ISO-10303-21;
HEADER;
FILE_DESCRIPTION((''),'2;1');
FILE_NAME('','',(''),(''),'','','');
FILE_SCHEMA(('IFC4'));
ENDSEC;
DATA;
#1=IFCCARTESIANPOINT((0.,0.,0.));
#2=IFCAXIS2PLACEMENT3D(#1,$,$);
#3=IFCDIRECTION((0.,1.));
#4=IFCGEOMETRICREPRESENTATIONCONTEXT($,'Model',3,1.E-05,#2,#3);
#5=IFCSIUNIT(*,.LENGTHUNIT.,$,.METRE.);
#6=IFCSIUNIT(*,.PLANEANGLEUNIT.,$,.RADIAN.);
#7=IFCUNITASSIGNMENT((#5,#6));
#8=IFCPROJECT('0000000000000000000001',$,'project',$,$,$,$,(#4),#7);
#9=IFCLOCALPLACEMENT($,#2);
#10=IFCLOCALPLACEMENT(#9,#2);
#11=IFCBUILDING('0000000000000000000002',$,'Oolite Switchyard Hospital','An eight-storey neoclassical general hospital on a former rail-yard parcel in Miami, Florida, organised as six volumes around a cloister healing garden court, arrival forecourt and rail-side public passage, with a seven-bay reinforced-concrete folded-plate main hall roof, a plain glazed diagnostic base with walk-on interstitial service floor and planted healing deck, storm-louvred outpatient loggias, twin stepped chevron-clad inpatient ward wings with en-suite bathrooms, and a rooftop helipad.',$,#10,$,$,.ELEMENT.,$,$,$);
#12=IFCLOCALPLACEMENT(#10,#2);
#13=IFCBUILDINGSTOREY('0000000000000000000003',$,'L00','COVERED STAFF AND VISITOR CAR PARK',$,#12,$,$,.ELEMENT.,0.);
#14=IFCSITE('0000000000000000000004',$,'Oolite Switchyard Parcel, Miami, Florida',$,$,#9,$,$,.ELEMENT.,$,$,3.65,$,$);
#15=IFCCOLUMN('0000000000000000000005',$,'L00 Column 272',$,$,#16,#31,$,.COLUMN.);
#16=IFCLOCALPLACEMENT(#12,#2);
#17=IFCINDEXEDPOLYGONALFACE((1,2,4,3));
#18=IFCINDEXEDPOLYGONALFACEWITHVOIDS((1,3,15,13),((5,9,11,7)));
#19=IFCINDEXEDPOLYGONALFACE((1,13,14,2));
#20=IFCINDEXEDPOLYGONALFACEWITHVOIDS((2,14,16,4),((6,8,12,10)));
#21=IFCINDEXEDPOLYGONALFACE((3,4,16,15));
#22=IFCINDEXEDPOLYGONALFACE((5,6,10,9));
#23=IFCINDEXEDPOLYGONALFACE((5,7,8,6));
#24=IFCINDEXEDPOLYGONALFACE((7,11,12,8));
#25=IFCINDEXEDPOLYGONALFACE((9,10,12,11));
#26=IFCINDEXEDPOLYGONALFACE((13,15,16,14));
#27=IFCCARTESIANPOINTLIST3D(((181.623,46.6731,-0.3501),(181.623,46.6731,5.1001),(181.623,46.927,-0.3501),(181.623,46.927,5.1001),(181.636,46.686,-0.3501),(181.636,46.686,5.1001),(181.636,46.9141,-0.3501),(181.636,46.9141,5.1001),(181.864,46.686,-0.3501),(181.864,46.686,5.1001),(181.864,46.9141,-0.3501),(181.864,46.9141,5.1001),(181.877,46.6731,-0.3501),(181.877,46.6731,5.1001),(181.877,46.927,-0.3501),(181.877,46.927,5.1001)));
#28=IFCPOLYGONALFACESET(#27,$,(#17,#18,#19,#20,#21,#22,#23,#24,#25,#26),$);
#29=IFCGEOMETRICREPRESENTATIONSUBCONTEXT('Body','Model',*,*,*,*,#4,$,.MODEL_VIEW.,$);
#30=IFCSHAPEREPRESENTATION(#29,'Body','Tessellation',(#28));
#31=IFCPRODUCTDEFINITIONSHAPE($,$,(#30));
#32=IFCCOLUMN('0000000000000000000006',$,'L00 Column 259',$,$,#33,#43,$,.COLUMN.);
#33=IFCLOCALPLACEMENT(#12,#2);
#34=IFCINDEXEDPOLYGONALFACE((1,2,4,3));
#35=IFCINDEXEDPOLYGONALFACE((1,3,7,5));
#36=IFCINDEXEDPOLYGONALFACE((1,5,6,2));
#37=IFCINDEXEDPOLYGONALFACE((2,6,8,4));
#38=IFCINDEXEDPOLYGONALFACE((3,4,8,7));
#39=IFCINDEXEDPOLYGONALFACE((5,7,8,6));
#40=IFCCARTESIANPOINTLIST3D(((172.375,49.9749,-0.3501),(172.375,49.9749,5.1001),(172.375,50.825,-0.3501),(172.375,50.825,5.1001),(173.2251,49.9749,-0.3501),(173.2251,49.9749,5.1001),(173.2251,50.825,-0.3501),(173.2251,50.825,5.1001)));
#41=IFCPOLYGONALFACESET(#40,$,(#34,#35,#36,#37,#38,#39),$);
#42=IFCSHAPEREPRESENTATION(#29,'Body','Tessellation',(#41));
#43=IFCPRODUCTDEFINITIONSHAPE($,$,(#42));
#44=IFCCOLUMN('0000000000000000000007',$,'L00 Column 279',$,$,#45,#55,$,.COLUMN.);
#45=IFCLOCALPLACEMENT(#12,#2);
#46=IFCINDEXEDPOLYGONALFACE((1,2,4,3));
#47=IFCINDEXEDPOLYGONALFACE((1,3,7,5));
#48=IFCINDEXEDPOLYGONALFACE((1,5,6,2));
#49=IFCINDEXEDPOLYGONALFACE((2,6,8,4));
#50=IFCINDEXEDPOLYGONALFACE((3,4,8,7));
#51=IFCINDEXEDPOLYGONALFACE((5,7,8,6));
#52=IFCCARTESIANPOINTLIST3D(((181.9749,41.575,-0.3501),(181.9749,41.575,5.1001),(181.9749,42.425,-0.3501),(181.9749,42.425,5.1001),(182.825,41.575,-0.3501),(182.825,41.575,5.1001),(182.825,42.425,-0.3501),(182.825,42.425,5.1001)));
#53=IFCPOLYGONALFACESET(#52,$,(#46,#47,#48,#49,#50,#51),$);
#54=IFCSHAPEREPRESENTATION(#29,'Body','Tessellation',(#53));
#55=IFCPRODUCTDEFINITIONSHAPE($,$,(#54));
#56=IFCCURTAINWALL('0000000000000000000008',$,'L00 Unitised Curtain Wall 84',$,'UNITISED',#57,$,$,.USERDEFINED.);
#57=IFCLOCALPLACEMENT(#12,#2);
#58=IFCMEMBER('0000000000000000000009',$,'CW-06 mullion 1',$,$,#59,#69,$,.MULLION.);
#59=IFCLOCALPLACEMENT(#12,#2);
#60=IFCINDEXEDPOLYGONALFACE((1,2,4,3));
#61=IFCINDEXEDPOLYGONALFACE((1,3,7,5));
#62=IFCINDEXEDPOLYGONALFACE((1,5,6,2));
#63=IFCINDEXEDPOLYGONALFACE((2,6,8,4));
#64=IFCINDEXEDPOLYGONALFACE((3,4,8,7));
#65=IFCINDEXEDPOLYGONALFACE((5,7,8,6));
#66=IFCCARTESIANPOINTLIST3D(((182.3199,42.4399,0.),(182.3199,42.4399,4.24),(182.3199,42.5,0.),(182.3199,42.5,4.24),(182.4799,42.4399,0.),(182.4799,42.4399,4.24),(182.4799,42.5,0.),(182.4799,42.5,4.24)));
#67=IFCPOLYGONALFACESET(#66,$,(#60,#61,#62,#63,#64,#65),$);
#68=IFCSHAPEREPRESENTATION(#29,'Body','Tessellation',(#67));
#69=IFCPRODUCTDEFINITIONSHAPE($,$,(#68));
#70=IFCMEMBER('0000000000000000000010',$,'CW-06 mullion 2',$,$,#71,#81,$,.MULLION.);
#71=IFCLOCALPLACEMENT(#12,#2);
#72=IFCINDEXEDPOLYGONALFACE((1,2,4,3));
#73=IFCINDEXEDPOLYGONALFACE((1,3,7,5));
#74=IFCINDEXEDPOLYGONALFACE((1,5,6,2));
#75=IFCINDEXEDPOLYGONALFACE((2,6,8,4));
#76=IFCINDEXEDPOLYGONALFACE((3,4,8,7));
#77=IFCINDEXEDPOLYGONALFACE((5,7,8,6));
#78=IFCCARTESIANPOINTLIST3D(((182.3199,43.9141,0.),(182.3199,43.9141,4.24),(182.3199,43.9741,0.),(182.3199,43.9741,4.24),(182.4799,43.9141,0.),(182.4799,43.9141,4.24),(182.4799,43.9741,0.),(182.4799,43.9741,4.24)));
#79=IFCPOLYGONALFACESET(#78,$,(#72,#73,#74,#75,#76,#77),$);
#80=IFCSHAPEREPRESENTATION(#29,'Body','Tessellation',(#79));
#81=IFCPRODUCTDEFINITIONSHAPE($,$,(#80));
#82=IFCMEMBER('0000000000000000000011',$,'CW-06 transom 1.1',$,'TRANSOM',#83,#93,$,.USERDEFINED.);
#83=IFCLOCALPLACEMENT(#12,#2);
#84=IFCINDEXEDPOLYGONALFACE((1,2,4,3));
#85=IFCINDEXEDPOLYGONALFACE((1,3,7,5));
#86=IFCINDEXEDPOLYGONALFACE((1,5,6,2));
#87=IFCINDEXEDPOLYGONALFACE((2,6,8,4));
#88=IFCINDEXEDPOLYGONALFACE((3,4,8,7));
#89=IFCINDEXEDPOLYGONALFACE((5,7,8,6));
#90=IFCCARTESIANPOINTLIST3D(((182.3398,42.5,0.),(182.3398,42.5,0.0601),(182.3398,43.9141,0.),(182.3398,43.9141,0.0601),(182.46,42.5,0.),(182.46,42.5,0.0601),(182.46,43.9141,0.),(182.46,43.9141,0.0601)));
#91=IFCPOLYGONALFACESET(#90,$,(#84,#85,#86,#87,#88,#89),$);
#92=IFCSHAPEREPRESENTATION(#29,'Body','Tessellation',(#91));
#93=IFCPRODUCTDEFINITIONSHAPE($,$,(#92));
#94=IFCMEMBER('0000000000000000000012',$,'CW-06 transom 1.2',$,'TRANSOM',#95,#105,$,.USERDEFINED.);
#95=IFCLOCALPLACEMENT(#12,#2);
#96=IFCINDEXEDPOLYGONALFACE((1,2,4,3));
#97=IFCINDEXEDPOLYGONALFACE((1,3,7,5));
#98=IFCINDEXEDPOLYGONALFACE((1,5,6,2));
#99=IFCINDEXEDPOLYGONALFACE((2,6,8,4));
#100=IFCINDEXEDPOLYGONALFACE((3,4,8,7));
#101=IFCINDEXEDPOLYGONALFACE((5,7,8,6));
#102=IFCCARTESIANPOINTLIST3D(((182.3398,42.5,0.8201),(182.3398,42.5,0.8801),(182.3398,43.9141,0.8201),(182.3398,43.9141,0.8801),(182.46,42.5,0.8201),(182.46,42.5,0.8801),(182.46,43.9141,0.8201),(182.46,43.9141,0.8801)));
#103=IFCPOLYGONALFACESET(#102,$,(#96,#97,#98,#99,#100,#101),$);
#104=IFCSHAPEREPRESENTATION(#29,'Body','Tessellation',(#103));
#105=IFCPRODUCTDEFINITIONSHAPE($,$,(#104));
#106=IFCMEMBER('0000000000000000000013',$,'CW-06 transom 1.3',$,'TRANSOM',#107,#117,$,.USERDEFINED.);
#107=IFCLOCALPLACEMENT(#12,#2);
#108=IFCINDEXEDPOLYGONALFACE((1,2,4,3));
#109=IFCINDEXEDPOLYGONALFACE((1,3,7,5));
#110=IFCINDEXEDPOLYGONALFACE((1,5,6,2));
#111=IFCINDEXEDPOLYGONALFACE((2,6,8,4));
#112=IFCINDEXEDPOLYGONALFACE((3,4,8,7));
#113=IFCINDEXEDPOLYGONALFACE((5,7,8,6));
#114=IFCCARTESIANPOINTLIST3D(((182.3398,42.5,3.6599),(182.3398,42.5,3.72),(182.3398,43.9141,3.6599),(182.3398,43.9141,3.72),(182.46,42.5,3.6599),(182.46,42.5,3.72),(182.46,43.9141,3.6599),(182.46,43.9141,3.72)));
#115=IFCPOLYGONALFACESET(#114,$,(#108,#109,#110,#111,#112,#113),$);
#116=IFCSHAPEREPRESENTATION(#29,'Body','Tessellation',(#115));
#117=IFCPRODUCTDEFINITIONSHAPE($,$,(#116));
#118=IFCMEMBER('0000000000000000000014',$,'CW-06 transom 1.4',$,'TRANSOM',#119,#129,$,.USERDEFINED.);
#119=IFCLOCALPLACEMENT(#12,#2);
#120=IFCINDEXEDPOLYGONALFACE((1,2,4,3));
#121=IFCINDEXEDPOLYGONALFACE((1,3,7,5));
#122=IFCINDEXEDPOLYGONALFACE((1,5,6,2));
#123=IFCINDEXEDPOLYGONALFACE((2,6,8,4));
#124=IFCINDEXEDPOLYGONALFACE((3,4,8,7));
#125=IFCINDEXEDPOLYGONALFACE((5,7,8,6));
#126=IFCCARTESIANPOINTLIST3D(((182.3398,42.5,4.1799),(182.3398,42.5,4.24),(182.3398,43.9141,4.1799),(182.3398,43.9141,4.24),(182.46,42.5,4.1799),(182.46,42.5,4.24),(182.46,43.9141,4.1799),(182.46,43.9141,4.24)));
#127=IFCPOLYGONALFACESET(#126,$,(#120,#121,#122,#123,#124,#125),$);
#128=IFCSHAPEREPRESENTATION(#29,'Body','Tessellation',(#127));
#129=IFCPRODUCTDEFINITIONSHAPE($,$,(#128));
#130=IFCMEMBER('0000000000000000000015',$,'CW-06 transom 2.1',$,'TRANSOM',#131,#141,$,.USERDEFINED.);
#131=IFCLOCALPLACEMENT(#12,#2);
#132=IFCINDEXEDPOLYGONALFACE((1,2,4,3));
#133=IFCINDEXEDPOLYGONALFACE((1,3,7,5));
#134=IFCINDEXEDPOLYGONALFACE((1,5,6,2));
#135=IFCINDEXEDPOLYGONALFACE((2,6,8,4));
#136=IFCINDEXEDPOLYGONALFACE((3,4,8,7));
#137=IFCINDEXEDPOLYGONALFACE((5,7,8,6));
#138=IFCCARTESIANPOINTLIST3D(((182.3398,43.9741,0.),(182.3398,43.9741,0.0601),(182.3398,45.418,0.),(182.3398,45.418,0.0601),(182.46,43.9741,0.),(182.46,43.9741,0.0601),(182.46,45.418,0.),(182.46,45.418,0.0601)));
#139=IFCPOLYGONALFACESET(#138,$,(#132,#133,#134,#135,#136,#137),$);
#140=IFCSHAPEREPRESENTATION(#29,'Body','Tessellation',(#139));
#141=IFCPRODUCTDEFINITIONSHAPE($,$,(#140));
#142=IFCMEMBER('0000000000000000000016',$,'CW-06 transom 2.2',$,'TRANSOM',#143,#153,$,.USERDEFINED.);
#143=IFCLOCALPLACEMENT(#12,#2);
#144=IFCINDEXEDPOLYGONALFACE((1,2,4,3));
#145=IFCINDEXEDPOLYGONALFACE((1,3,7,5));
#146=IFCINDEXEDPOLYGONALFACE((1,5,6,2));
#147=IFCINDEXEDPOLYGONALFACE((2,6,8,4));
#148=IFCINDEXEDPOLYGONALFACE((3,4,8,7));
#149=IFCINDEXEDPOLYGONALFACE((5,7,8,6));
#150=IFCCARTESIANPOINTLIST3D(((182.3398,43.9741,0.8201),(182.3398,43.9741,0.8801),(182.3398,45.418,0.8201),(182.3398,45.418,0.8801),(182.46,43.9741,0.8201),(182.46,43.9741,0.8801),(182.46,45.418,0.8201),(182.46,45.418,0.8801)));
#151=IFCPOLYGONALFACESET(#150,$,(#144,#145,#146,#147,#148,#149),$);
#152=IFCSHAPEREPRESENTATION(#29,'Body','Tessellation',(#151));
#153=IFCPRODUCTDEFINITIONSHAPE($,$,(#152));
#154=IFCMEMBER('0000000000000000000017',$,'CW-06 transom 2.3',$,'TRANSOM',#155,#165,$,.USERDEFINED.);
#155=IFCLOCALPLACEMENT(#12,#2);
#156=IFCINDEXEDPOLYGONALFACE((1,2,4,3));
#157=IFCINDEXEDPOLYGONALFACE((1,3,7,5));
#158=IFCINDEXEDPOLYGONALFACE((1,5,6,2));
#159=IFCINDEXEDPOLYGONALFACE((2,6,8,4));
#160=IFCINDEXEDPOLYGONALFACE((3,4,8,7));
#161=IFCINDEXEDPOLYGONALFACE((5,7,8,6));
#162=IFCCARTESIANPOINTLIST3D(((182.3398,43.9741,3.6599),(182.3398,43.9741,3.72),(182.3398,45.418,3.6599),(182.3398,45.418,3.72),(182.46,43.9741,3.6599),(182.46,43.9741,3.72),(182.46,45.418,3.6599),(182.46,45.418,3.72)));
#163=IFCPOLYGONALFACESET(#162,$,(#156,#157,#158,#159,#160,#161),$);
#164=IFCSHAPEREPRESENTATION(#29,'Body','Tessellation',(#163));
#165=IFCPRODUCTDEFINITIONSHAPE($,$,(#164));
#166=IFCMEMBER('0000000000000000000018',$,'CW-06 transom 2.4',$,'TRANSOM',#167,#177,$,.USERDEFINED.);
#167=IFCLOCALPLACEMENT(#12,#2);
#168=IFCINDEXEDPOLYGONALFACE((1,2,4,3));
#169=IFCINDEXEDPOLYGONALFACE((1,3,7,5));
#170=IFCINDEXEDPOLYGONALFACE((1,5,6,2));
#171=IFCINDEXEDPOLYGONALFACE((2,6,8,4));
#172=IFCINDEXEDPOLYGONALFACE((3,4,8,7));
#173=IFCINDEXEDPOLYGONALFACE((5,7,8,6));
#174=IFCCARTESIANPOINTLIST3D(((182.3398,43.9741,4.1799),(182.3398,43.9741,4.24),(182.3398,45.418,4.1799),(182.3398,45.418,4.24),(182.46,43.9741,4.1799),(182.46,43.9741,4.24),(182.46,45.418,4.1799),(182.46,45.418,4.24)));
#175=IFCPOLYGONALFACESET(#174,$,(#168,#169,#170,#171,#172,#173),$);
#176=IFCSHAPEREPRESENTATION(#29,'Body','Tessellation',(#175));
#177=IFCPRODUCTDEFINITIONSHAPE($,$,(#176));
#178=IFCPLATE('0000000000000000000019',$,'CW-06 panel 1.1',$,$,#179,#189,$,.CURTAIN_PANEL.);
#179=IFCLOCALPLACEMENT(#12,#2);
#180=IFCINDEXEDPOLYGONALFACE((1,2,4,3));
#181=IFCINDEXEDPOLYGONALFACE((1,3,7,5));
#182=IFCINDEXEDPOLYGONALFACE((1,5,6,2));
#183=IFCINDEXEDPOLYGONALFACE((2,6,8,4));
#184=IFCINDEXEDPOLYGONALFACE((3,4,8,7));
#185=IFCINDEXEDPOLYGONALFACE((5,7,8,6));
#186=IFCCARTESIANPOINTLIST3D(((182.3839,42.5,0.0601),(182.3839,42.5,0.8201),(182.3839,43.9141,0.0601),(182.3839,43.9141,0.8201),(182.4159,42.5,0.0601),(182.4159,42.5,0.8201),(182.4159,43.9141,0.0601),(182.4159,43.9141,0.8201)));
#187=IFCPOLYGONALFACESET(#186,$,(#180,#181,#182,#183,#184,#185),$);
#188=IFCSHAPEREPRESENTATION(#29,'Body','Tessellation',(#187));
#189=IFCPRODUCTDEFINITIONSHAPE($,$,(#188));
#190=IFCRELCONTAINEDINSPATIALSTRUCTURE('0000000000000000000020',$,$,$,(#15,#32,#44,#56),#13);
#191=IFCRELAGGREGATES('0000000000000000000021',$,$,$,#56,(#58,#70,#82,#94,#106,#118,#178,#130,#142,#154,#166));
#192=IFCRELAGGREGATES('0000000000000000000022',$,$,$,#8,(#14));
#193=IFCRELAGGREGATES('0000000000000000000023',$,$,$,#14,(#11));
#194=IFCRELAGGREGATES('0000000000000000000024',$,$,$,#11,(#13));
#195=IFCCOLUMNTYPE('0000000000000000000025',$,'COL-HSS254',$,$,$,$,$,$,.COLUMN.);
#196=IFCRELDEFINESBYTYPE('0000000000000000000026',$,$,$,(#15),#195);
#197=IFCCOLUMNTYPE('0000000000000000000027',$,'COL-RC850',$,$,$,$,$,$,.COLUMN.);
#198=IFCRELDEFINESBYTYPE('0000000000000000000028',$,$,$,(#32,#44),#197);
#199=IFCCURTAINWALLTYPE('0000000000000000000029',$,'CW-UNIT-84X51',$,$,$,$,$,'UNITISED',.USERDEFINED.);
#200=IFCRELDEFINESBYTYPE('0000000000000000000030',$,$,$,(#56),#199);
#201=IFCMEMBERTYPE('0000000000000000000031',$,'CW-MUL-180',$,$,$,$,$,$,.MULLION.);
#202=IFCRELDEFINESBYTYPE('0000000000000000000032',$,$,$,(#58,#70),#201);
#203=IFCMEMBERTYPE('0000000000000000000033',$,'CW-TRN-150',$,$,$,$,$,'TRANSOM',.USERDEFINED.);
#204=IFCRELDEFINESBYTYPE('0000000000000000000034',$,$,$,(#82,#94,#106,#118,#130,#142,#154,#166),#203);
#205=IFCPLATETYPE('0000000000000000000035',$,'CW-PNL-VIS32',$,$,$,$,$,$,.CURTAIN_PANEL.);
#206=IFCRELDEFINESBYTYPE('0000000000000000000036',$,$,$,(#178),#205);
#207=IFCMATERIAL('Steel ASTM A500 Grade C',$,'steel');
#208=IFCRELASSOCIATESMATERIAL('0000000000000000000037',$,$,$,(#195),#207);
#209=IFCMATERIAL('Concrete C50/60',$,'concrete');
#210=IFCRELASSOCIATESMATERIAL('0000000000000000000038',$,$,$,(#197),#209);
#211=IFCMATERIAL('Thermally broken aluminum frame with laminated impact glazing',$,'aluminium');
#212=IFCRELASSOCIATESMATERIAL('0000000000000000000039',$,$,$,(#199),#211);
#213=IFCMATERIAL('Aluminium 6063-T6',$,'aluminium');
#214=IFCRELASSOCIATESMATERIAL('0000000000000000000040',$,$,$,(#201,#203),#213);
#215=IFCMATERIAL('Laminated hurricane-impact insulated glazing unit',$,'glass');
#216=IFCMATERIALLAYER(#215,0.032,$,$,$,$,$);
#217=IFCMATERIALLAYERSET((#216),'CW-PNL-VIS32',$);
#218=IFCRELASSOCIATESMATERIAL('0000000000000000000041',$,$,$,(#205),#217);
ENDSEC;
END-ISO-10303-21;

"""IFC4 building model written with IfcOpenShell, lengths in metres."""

from ifc_helpers import new_model, si_unit, direction, frame, origin, origin_2d, place, context, subcontext, project, spatial, rectangle, hollow_rectangle, extrude, material, layer, layer_set, material_profile, profile_set, type_object, element, aggregate, save


model = new_model("IFC4")

# Units and contexts
model_context = context("Model", 3, precision=1e-05, world=origin(), true_north=direction((0.0, 1.0)))
body_context = subcontext(model_context, "Body", "Model", "MODEL_VIEW")
ifc_project = project(units=[si_unit("LENGTHUNIT", "METRE"), si_unit("PLANEANGLEUNIT", "RADIAN")], contexts=[model_context])

# Site, building, storey
site_placement = place(None, origin())
site = spatial("IfcSite", under=ifc_project, at=site_placement, Name="Oolite Switchyard Parcel, Miami, Florida", CompositionType="ELEMENT", RefElevation=3.65)
building_placement = place(site_placement, origin())
building = spatial("IfcBuilding", under=site, at=building_placement, Name="Oolite Switchyard Hospital", Description="An eight-storey neoclassical general hospital on a former rail-yard parcel in Miami, Florida, organised as six volumes around a cloister healing garden court, arrival forecourt and rail-side public passage, with a seven-bay reinforced-concrete folded-plate main hall roof, a plain glazed diagnostic base with walk-on interstitial service floor and planted healing deck, storm-louvred outpatient loggias, twin stepped chevron-clad inpatient ward wings with en-suite bathrooms, and a rooftop helipad.", CompositionType="ELEMENT")
storey_placement = place(building_placement, origin())
storey = spatial("IfcBuildingStorey", under=building, at=storey_placement, Name="L00", Description="COVERED STAFF AND VISITOR CAR PARK", CompositionType="ELEMENT", Elevation=0.0)

# Columns
ifc_material_1 = material(Name="Steel ASTM A500 Grade C", Category="steel")
ifc_material_profile_1 = material_profile(ifc_material_1, hollow_rectangle(XDim=0.2539, YDim=0.2539, WallThickness=0.0129, at=origin_2d()), Name="HSS254X254X13")
ifc_profile_set_1 = profile_set([ifc_material_profile_1], Name="Steel ASTM A500 Grade C")
column_type_1 = type_object("IfcColumnType", Name="COL-HSS254", PredefinedType="COLUMN", material=ifc_profile_set_1)
column_placement = place(storey_placement, frame((181.75, 46.8, -0.3501), z_axis=(0.0, 0.0, 1.0), x_axis=(1.0, 0.0, 0.0)))
element("IfcColumn", 1, at=column_placement, inside=storey, type_object=column_type_1, Name="L00 Column 272", PredefinedType="COLUMN", context=body_context, shape_type="SweptSolid", body=[
    extrude(hollow_rectangle(XDim=0.2539, YDim=0.2539, WallThickness=0.0129, at=origin_2d()), origin(), (0.0, 0.0, 1.0), 5.4502),
])
ifc_material_2 = material(Name="Concrete C50/60", Category="concrete")
ifc_material_profile_2 = material_profile(ifc_material_2, rectangle(XDim=0.8501, YDim=0.8501, at=origin_2d()), Name="RC850X850")
ifc_profile_set_2 = profile_set([ifc_material_profile_2], Name="Concrete C50/60")
column_type_2 = type_object("IfcColumnType", Name="COL-RC850", PredefinedType="COLUMN", material=ifc_profile_set_2)
for number, where, z_axis, x_axis, name in (
    (2, (172.8, 50.3999, -0.3501), (0.0, 0.0, 1.0), (1.0, 0.0, 0.0), "L00 Column 259"),
    (3, (182.3999, 42.0, -0.3501), (0.0, 0.0, 1.0), (1.0, 0.0, 0.0), "L00 Column 279"),
):
    element("IfcColumn", number, at=place(storey_placement, frame(where, z_axis=z_axis, x_axis=x_axis)), inside=storey, type_object=column_type_2, Name=name, PredefinedType="COLUMN", context=body_context, shape_type="SweptSolid", body=[
        extrude(rectangle(XDim=0.8501, YDim=0.8501, at=origin_2d()), origin(), (0.0, 0.0, 1.0), 5.4502),
    ])

# Curtain wall, members, plate
ifc_material_3 = material(Name="Thermally broken aluminum frame with laminated impact glazing", Category="aluminium")
curtain_wall_type = type_object("IfcCurtainWallType", Name="CW-UNIT-84X51", ElementType="UNITISED", PredefinedType="USERDEFINED", material=ifc_material_3)
curtain_wall_placement = place(storey_placement, origin())
curtain_wall = element("IfcCurtainWall", 4, at=curtain_wall_placement, inside=storey, type_object=curtain_wall_type, Name="L00 Unitised Curtain Wall 84", ObjectType="UNITISED", PredefinedType="USERDEFINED")
ifc_material_4 = material(Name="Aluminium 6063-T6", Category="aluminium")
ifc_material_profile_3 = material_profile(ifc_material_4, rectangle(XDim=0.1599, YDim=0.0601, at=origin_2d()), Name="CWM60X160")
ifc_profile_set_3 = profile_set([ifc_material_profile_3], Name="Aluminium 6063-T6")
member_type_1 = type_object("IfcMemberType", Name="CW-MUL-180", PredefinedType="MULLION", material=ifc_profile_set_3)
member_1_placement = place(storey_placement, frame((182.3999, 42.47, 0.0), z_axis=(0.0, 0.0, 1.0), x_axis=(-1.0, 0.0, 0.0)))
member_1 = element("IfcMember", 5, at=member_1_placement, type_object=member_type_1, Name="CW-06 mullion 1", PredefinedType="MULLION", context=body_context, shape_type="SweptSolid", body=[
    extrude(rectangle(XDim=0.1599, YDim=0.0601, at=origin_2d()), origin(), (0.0, 0.0, 1.0), 4.24),
])
member_2_placement = place(storey_placement, frame((182.3999, 43.9441, 0.0), z_axis=(0.0, 0.0, 1.0), x_axis=(-1.0, 0.0, 0.0)))
member_2 = element("IfcMember", 6, at=member_2_placement, type_object=member_type_1, Name="CW-06 mullion 2", PredefinedType="MULLION", context=body_context, shape_type="SweptSolid", body=[
    extrude(rectangle(XDim=0.1599, YDim=0.0601, at=origin_2d()), origin(), (0.0, 0.0, 1.0), 4.24),
])
ifc_material_profile_4 = material_profile(ifc_material_4, rectangle(XDim=0.1201, YDim=0.0601, at=origin_2d()), Name="CWT60X120")
ifc_profile_set_4 = profile_set([ifc_material_profile_4], Name="Aluminium 6063-T6")
member_type_2 = type_object("IfcMemberType", Name="CW-TRN-150", ElementType="TRANSOM", PredefinedType="USERDEFINED", material=ifc_profile_set_4)
member_3_placement = place(storey_placement, frame((182.3999, 42.5, 0.03), z_axis=(0.0, 1.0, 0.0), x_axis=(-1.0, 0.0, 0.0)))
member_3 = element("IfcMember", 7, at=member_3_placement, type_object=member_type_2, Name="CW-06 transom 1.1", ObjectType="TRANSOM", PredefinedType="USERDEFINED", context=body_context, shape_type="SweptSolid", body=[
    extrude(rectangle(XDim=0.1201, YDim=0.0601, at=origin_2d()), origin(), (0.0, 0.0, 1.0), 1.4141),
])
member_4_placement = place(storey_placement, frame((182.3999, 42.5, 0.8501), z_axis=(0.0, 1.0, 0.0), x_axis=(-1.0, 0.0, 0.0)))
member_4 = element("IfcMember", 8, at=member_4_placement, type_object=member_type_2, Name="CW-06 transom 1.2", ObjectType="TRANSOM", PredefinedType="USERDEFINED", context=body_context, shape_type="SweptSolid", body=[
    extrude(rectangle(XDim=0.1201, YDim=0.0601, at=origin_2d()), origin(), (0.0, 0.0, 1.0), 1.4141),
])
member_5_placement = place(storey_placement, frame((182.3999, 42.5, 3.6899), z_axis=(0.0, 1.0, 0.0), x_axis=(-1.0, 0.0, 0.0)))
member_5 = element("IfcMember", 9, at=member_5_placement, type_object=member_type_2, Name="CW-06 transom 1.3", ObjectType="TRANSOM", PredefinedType="USERDEFINED", context=body_context, shape_type="SweptSolid", body=[
    extrude(rectangle(XDim=0.1201, YDim=0.0601, at=origin_2d()), origin(), (0.0, 0.0, 1.0), 1.4141),
])
member_6_placement = place(storey_placement, frame((182.3999, 42.5, 4.21), z_axis=(0.0, 1.0, 0.0), x_axis=(-1.0, 0.0, 0.0)))
member_6 = element("IfcMember", 10, at=member_6_placement, type_object=member_type_2, Name="CW-06 transom 1.4", ObjectType="TRANSOM", PredefinedType="USERDEFINED", context=body_context, shape_type="SweptSolid", body=[
    extrude(rectangle(XDim=0.1201, YDim=0.0601, at=origin_2d()), origin(), (0.0, 0.0, 1.0), 1.4141),
])
member_7_placement = place(storey_placement, frame((182.3999, 43.9741, 0.03), z_axis=(0.0, 1.0, 0.0), x_axis=(-1.0, 0.0, 0.0)))
member_7 = element("IfcMember", 11, at=member_7_placement, type_object=member_type_2, Name="CW-06 transom 2.1", ObjectType="TRANSOM", PredefinedType="USERDEFINED", context=body_context, shape_type="SweptSolid", body=[
    extrude(rectangle(XDim=0.1201, YDim=0.0601, at=origin_2d()), origin(), (0.0, 0.0, 1.0), 1.4438),
])
member_8_placement = place(storey_placement, frame((182.3999, 43.9741, 0.8501), z_axis=(0.0, 1.0, 0.0), x_axis=(-1.0, 0.0, 0.0)))
member_8 = element("IfcMember", 12, at=member_8_placement, type_object=member_type_2, Name="CW-06 transom 2.2", ObjectType="TRANSOM", PredefinedType="USERDEFINED", context=body_context, shape_type="SweptSolid", body=[
    extrude(rectangle(XDim=0.1201, YDim=0.0601, at=origin_2d()), origin(), (0.0, 0.0, 1.0), 1.4438),
])
member_9_placement = place(storey_placement, frame((182.3999, 43.9741, 3.6899), z_axis=(0.0, 1.0, 0.0), x_axis=(-1.0, 0.0, 0.0)))
member_9 = element("IfcMember", 13, at=member_9_placement, type_object=member_type_2, Name="CW-06 transom 2.3", ObjectType="TRANSOM", PredefinedType="USERDEFINED", context=body_context, shape_type="SweptSolid", body=[
    extrude(rectangle(XDim=0.1201, YDim=0.0601, at=origin_2d()), origin(), (0.0, 0.0, 1.0), 1.4438),
])
member_10_placement = place(storey_placement, frame((182.3999, 43.9741, 4.21), z_axis=(0.0, 1.0, 0.0), x_axis=(-1.0, 0.0, 0.0)))
member_10 = element("IfcMember", 14, at=member_10_placement, type_object=member_type_2, Name="CW-06 transom 2.4", ObjectType="TRANSOM", PredefinedType="USERDEFINED", context=body_context, shape_type="SweptSolid", body=[
    extrude(rectangle(XDim=0.1201, YDim=0.0601, at=origin_2d()), origin(), (0.0, 0.0, 1.0), 1.4438),
])
ifc_material_5 = material(Name="Laminated hurricane-impact insulated glazing unit", Category="glass")
ifc_layer = layer(ifc_material_5, 0.032)
ifc_layer_set = layer_set([ifc_layer], Name="CW-PNL-VIS32")
plate_type = type_object("IfcPlateType", Name="CW-PNL-VIS32", PredefinedType="CURTAIN_PANEL", material=ifc_layer_set)
plate_1_placement = place(storey_placement, frame((182.3999, 43.207, 0.0601), z_axis=(0.0, 0.0, 1.0), x_axis=(0.0, 1.0, 0.0)))
plate_1 = element("IfcPlate", 15, at=plate_1_placement, type_object=plate_type, Name="CW-06 panel 1.1", PredefinedType="CURTAIN_PANEL", context=body_context, shape_type="SweptSolid", body=[
    extrude(rectangle(XDim=1.4141, YDim=0.032, at=origin_2d()), origin(), (0.0, 0.0, 1.0), 0.76),
])
aggregate(curtain_wall, [member_1, member_2, member_3, member_4, member_5, member_6, plate_1, member_7, member_8, member_9, member_10])

save(model, "model.ifc")
